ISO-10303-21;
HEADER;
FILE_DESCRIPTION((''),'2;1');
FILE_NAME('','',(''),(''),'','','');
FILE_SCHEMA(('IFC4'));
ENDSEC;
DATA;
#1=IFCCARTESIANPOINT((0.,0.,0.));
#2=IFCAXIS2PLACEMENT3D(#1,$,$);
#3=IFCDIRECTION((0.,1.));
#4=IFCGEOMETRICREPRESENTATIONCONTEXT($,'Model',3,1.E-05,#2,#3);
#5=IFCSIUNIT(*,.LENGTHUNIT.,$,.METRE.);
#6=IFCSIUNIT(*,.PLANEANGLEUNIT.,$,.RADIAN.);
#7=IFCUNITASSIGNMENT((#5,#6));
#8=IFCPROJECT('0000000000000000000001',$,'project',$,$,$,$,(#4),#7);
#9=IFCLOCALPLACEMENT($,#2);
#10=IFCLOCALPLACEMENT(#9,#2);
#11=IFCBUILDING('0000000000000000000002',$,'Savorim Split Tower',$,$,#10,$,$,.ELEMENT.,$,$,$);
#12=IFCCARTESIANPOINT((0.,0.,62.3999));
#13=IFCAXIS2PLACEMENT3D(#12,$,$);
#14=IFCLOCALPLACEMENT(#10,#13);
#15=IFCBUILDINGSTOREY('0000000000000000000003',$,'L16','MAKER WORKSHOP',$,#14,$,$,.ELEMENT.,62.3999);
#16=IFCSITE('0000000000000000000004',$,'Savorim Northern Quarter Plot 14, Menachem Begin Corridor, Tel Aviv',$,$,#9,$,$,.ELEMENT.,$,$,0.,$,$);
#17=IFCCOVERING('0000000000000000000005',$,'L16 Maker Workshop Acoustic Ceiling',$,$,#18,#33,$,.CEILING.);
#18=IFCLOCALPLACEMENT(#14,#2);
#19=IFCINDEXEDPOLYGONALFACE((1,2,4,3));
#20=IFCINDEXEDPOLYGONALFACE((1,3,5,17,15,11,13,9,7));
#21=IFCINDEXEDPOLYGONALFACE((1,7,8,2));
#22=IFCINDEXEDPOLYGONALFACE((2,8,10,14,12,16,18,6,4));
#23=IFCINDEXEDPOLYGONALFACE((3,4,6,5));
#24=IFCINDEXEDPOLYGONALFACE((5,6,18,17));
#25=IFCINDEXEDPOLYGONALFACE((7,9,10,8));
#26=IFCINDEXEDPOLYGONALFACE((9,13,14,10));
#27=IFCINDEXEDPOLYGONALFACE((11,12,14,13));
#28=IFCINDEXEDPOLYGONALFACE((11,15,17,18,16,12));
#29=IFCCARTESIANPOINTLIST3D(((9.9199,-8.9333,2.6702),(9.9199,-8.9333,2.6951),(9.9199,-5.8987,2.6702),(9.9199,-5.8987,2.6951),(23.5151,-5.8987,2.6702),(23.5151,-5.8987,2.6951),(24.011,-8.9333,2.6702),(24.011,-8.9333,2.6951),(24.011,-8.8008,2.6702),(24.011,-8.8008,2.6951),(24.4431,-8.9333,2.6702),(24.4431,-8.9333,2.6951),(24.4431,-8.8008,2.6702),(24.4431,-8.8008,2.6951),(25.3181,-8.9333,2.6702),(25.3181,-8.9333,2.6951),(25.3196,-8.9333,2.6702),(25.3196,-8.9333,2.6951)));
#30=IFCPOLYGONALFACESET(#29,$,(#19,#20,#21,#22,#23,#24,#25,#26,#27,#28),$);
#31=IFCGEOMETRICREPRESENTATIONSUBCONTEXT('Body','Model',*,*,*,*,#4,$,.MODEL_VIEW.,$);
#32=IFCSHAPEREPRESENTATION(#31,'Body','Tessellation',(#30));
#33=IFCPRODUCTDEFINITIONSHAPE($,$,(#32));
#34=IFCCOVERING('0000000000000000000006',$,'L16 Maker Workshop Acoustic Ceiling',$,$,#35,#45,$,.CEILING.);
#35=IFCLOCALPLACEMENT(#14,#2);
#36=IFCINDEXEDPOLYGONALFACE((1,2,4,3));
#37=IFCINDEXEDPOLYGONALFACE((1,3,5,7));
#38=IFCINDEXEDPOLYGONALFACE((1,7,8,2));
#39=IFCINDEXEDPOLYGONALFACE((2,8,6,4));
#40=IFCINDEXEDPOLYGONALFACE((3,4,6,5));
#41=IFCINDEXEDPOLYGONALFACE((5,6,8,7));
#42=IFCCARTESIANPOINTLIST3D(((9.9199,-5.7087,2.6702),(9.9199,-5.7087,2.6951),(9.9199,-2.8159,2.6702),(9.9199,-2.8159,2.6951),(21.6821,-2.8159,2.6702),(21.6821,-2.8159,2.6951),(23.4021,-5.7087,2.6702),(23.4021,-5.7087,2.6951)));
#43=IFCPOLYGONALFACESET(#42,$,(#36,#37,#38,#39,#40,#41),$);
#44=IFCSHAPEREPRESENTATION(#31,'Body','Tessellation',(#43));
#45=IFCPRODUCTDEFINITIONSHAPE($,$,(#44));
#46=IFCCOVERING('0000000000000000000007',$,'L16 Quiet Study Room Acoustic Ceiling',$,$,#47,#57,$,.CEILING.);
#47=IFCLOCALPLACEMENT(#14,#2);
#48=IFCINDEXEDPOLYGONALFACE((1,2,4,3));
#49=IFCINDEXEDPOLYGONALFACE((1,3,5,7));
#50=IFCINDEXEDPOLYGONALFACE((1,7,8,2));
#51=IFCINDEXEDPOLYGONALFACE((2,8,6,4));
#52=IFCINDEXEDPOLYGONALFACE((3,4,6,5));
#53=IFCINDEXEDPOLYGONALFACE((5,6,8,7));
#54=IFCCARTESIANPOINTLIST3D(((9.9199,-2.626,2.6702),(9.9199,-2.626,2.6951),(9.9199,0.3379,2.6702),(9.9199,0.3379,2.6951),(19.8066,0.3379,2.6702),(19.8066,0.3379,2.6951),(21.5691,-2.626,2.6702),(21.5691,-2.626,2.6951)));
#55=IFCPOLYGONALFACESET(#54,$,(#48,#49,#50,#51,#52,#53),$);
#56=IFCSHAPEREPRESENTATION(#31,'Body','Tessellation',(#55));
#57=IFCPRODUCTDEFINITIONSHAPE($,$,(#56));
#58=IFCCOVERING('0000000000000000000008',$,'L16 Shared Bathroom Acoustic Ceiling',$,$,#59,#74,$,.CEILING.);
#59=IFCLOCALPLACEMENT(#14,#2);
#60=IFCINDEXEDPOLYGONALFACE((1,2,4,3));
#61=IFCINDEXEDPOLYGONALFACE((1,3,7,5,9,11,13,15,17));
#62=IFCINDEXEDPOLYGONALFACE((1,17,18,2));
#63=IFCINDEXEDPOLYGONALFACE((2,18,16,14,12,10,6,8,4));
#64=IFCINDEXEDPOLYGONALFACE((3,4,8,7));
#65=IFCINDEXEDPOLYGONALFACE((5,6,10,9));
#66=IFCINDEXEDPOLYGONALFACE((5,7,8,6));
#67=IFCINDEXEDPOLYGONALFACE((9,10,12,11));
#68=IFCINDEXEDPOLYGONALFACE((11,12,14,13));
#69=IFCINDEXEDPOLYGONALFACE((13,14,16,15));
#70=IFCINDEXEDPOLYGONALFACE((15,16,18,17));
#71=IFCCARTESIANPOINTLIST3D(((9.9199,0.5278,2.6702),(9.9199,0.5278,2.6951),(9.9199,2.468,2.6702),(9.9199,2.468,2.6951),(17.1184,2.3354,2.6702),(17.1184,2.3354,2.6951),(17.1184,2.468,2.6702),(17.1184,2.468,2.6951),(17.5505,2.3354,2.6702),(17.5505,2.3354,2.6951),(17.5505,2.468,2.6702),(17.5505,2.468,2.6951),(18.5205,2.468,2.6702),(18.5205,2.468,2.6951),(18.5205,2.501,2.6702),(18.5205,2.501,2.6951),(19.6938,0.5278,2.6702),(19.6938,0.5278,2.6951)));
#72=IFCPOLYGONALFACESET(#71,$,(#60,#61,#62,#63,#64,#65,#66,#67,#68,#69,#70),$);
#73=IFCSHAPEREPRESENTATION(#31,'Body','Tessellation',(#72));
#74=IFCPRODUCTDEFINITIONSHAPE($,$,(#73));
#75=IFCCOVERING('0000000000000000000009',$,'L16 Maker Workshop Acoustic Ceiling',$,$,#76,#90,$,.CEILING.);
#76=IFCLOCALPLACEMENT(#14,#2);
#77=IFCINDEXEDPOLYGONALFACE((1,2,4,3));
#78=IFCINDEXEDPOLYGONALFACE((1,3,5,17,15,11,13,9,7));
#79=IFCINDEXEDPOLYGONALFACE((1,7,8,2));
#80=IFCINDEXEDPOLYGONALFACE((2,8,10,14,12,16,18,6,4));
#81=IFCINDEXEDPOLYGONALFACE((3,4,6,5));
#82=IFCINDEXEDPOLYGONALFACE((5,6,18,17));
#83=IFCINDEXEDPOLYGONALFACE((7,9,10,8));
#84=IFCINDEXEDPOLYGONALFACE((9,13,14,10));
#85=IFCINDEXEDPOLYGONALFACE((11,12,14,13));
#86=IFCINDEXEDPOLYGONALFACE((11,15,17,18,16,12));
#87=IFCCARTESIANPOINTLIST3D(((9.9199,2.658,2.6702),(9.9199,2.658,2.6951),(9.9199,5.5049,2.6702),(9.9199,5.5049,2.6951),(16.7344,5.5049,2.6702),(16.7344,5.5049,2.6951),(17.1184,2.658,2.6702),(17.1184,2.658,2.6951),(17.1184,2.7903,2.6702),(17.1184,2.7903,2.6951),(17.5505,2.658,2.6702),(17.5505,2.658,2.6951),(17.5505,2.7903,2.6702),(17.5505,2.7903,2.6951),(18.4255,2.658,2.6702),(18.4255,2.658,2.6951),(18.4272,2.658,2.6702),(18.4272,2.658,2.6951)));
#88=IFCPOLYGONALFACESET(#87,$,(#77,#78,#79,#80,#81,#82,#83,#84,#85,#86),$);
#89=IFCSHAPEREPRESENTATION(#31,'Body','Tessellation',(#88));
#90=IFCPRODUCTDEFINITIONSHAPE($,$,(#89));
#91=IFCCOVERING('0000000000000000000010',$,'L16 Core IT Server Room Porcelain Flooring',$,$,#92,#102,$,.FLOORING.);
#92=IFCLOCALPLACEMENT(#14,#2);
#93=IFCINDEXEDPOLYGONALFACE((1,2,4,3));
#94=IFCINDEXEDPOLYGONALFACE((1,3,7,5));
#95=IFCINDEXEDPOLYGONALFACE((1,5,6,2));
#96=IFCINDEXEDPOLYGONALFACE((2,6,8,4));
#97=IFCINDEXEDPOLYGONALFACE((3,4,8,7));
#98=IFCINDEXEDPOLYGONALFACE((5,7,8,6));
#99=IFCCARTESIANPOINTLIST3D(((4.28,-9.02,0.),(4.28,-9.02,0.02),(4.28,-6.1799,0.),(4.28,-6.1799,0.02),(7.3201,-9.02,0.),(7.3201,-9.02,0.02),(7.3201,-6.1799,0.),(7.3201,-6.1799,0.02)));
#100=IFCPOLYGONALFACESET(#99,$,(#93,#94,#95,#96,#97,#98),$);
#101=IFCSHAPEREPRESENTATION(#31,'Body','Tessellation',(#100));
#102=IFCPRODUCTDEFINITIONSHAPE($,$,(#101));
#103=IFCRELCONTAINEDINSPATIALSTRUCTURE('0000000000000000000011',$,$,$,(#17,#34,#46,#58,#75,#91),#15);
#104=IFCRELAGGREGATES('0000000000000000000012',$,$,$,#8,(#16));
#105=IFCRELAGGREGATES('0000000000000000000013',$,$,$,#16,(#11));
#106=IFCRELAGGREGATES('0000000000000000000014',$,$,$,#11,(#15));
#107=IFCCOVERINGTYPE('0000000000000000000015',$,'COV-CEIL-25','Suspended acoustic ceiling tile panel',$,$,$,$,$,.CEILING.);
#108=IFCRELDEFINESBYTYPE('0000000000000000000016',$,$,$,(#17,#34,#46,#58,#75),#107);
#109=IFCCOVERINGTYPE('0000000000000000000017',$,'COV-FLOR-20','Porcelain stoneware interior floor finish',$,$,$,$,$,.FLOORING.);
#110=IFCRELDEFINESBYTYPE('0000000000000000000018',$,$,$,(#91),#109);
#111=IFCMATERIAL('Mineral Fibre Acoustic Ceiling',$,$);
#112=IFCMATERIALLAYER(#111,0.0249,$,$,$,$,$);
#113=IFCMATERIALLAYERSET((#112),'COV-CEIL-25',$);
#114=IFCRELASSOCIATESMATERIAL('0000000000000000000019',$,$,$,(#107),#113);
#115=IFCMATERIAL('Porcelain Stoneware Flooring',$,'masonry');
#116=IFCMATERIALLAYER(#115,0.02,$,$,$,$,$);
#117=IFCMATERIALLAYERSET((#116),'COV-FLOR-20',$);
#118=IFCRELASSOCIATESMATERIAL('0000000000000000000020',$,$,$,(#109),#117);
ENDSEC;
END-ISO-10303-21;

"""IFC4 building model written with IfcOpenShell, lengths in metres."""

from ifc_helpers import new_model, si_unit, direction, frame, origin, place, context, subcontext, project, spatial, polyline, outline, extrude, material, layer, layer_set, type_object, element, save


model = new_model("IFC4")

# Units and contexts
model_context = context("Model", 3, precision=1e-05, world=origin(), true_north=direction((0.0, 1.0)))
body_context = subcontext(model_context, "Body", "Model", "MODEL_VIEW")
ifc_project = project(units=[si_unit("LENGTHUNIT", "METRE"), si_unit("PLANEANGLEUNIT", "RADIAN")], contexts=[model_context])

# Site, building, storey
site_placement = place(None, origin())
site = spatial("IfcSite", under=ifc_project, at=site_placement, Name="Savorim Northern Quarter Plot 14, Menachem Begin Corridor, Tel Aviv", CompositionType="ELEMENT", RefElevation=0.0)
building_placement = place(site_placement, origin())
building = spatial("IfcBuilding", under=site, at=building_placement, Name="Savorim Split Tower", CompositionType="ELEMENT")
storey_placement = place(building_placement, frame((0.0, 0.0, 62.3999)))
storey = spatial("IfcBuildingStorey", under=building, at=storey_placement, Name="L16", Description="MAKER WORKSHOP", CompositionType="ELEMENT", Elevation=62.3999)

# Coverings
ifc_material_1 = material(Name="Mineral Fibre Acoustic Ceiling")
ifc_layer_1 = layer(ifc_material_1, 0.0249)
ifc_layer_set_1 = layer_set([ifc_layer_1], Name="COV-CEIL-25")
covering_type_1 = type_object("IfcCoveringType", Name="COV-CEIL-25", Description="Suspended acoustic ceiling tile panel", PredefinedType="CEILING", material=ifc_layer_set_1)
covering_1_placement = place(storey_placement, frame((0.0, 0.0, 2.6702)))
element("IfcCovering", 1, at=covering_1_placement, inside=storey, type_object=covering_type_1, Name="L16 Maker Workshop Acoustic Ceiling", PredefinedType="CEILING", context=body_context, shape_type="SweptSolid", body=[
    extrude(outline(polyline([(24.4431, -8.8008), (24.4431, -8.9333), (25.3181, -8.9333), (25.3196, -8.9333), (23.5151, -5.8987), (9.9199, -5.8987), (9.9199, -8.9333), (24.011, -8.9333), (24.011, -8.8008), (24.4431, -8.8008)])), origin(), (0.0, 0.0, 1.0), 0.0249),
])
covering_2_placement = place(storey_placement, frame((0.0, 0.0, 2.6702)))
element("IfcCovering", 2, at=covering_2_placement, inside=storey, type_object=covering_type_1, Name="L16 Maker Workshop Acoustic Ceiling", PredefinedType="CEILING", context=body_context, shape_type="SweptSolid", body=[
    extrude(outline(polyline([(23.4021, -5.7087), (21.6821, -2.8159), (9.9199, -2.8159), (9.9199, -5.7087), (23.4021, -5.7087)])), origin(), (0.0, 0.0, 1.0), 0.0249),
])
covering_3_placement = place(storey_placement, frame((0.0, 0.0, 2.6702)))
element("IfcCovering", 3, at=covering_3_placement, inside=storey, type_object=covering_type_1, Name="L16 Quiet Study Room Acoustic Ceiling", PredefinedType="CEILING", context=body_context, shape_type="SweptSolid", body=[
    extrude(outline(polyline([(21.5691, -2.626), (19.8066, 0.3379), (9.9199, 0.3379), (9.9199, -2.626), (21.5691, -2.626)])), origin(), (0.0, 0.0, 1.0), 0.0249),
])
covering_4_placement = place(storey_placement, frame((0.0, 0.0, 2.6702)))
element("IfcCovering", 4, at=covering_4_placement, inside=storey, type_object=covering_type_1, Name="L16 Shared Bathroom Acoustic Ceiling", PredefinedType="CEILING", context=body_context, shape_type="SweptSolid", body=[
    extrude(outline(polyline([(17.1184, 2.3354), (17.1184, 2.468), (9.9199, 2.468), (9.9199, 0.5278), (19.6938, 0.5278), (18.5205, 2.501), (18.5205, 2.468), (17.5505, 2.468), (17.5505, 2.3354), (17.1184, 2.3354)])), origin(), (0.0, 0.0, 1.0), 0.0249),
])
covering_5_placement = place(storey_placement, frame((0.0, 0.0, 2.6702)))
element("IfcCovering", 5, at=covering_5_placement, inside=storey, type_object=covering_type_1, Name="L16 Maker Workshop Acoustic Ceiling", PredefinedType="CEILING", context=body_context, shape_type="SweptSolid", body=[
    extrude(outline(polyline([(17.5505, 2.7903), (17.5505, 2.658), (18.4255, 2.658), (18.4272, 2.658), (16.7344, 5.5049), (9.9199, 5.5049), (9.9199, 2.658), (17.1184, 2.658), (17.1184, 2.7903), (17.5505, 2.7903)])), origin(), (0.0, 0.0, 1.0), 0.0249),
])
ifc_material_2 = material(Name="Porcelain Stoneware Flooring", Category="masonry")
ifc_layer_2 = layer(ifc_material_2, 0.02)
ifc_layer_set_2 = layer_set([ifc_layer_2], Name="COV-FLOR-20")
covering_type_2 = type_object("IfcCoveringType", Name="COV-FLOR-20", Description="Porcelain stoneware interior floor finish", PredefinedType="FLOORING", material=ifc_layer_set_2)
covering_6_placement = place(storey_placement, origin())
element("IfcCovering", 6, at=covering_6_placement, inside=storey, type_object=covering_type_2, Name="L16 Core IT Server Room Porcelain Flooring", PredefinedType="FLOORING", context=body_context, shape_type="SweptSolid", body=[
    extrude(outline(polyline([(4.28, -6.1799), (4.28, -9.02), (7.3201, -9.02), (7.3201, -6.1799), (4.28, -6.1799)])), origin(), (0.0, 0.0, 1.0), 0.02),
])

save(model, "model.ifc")
